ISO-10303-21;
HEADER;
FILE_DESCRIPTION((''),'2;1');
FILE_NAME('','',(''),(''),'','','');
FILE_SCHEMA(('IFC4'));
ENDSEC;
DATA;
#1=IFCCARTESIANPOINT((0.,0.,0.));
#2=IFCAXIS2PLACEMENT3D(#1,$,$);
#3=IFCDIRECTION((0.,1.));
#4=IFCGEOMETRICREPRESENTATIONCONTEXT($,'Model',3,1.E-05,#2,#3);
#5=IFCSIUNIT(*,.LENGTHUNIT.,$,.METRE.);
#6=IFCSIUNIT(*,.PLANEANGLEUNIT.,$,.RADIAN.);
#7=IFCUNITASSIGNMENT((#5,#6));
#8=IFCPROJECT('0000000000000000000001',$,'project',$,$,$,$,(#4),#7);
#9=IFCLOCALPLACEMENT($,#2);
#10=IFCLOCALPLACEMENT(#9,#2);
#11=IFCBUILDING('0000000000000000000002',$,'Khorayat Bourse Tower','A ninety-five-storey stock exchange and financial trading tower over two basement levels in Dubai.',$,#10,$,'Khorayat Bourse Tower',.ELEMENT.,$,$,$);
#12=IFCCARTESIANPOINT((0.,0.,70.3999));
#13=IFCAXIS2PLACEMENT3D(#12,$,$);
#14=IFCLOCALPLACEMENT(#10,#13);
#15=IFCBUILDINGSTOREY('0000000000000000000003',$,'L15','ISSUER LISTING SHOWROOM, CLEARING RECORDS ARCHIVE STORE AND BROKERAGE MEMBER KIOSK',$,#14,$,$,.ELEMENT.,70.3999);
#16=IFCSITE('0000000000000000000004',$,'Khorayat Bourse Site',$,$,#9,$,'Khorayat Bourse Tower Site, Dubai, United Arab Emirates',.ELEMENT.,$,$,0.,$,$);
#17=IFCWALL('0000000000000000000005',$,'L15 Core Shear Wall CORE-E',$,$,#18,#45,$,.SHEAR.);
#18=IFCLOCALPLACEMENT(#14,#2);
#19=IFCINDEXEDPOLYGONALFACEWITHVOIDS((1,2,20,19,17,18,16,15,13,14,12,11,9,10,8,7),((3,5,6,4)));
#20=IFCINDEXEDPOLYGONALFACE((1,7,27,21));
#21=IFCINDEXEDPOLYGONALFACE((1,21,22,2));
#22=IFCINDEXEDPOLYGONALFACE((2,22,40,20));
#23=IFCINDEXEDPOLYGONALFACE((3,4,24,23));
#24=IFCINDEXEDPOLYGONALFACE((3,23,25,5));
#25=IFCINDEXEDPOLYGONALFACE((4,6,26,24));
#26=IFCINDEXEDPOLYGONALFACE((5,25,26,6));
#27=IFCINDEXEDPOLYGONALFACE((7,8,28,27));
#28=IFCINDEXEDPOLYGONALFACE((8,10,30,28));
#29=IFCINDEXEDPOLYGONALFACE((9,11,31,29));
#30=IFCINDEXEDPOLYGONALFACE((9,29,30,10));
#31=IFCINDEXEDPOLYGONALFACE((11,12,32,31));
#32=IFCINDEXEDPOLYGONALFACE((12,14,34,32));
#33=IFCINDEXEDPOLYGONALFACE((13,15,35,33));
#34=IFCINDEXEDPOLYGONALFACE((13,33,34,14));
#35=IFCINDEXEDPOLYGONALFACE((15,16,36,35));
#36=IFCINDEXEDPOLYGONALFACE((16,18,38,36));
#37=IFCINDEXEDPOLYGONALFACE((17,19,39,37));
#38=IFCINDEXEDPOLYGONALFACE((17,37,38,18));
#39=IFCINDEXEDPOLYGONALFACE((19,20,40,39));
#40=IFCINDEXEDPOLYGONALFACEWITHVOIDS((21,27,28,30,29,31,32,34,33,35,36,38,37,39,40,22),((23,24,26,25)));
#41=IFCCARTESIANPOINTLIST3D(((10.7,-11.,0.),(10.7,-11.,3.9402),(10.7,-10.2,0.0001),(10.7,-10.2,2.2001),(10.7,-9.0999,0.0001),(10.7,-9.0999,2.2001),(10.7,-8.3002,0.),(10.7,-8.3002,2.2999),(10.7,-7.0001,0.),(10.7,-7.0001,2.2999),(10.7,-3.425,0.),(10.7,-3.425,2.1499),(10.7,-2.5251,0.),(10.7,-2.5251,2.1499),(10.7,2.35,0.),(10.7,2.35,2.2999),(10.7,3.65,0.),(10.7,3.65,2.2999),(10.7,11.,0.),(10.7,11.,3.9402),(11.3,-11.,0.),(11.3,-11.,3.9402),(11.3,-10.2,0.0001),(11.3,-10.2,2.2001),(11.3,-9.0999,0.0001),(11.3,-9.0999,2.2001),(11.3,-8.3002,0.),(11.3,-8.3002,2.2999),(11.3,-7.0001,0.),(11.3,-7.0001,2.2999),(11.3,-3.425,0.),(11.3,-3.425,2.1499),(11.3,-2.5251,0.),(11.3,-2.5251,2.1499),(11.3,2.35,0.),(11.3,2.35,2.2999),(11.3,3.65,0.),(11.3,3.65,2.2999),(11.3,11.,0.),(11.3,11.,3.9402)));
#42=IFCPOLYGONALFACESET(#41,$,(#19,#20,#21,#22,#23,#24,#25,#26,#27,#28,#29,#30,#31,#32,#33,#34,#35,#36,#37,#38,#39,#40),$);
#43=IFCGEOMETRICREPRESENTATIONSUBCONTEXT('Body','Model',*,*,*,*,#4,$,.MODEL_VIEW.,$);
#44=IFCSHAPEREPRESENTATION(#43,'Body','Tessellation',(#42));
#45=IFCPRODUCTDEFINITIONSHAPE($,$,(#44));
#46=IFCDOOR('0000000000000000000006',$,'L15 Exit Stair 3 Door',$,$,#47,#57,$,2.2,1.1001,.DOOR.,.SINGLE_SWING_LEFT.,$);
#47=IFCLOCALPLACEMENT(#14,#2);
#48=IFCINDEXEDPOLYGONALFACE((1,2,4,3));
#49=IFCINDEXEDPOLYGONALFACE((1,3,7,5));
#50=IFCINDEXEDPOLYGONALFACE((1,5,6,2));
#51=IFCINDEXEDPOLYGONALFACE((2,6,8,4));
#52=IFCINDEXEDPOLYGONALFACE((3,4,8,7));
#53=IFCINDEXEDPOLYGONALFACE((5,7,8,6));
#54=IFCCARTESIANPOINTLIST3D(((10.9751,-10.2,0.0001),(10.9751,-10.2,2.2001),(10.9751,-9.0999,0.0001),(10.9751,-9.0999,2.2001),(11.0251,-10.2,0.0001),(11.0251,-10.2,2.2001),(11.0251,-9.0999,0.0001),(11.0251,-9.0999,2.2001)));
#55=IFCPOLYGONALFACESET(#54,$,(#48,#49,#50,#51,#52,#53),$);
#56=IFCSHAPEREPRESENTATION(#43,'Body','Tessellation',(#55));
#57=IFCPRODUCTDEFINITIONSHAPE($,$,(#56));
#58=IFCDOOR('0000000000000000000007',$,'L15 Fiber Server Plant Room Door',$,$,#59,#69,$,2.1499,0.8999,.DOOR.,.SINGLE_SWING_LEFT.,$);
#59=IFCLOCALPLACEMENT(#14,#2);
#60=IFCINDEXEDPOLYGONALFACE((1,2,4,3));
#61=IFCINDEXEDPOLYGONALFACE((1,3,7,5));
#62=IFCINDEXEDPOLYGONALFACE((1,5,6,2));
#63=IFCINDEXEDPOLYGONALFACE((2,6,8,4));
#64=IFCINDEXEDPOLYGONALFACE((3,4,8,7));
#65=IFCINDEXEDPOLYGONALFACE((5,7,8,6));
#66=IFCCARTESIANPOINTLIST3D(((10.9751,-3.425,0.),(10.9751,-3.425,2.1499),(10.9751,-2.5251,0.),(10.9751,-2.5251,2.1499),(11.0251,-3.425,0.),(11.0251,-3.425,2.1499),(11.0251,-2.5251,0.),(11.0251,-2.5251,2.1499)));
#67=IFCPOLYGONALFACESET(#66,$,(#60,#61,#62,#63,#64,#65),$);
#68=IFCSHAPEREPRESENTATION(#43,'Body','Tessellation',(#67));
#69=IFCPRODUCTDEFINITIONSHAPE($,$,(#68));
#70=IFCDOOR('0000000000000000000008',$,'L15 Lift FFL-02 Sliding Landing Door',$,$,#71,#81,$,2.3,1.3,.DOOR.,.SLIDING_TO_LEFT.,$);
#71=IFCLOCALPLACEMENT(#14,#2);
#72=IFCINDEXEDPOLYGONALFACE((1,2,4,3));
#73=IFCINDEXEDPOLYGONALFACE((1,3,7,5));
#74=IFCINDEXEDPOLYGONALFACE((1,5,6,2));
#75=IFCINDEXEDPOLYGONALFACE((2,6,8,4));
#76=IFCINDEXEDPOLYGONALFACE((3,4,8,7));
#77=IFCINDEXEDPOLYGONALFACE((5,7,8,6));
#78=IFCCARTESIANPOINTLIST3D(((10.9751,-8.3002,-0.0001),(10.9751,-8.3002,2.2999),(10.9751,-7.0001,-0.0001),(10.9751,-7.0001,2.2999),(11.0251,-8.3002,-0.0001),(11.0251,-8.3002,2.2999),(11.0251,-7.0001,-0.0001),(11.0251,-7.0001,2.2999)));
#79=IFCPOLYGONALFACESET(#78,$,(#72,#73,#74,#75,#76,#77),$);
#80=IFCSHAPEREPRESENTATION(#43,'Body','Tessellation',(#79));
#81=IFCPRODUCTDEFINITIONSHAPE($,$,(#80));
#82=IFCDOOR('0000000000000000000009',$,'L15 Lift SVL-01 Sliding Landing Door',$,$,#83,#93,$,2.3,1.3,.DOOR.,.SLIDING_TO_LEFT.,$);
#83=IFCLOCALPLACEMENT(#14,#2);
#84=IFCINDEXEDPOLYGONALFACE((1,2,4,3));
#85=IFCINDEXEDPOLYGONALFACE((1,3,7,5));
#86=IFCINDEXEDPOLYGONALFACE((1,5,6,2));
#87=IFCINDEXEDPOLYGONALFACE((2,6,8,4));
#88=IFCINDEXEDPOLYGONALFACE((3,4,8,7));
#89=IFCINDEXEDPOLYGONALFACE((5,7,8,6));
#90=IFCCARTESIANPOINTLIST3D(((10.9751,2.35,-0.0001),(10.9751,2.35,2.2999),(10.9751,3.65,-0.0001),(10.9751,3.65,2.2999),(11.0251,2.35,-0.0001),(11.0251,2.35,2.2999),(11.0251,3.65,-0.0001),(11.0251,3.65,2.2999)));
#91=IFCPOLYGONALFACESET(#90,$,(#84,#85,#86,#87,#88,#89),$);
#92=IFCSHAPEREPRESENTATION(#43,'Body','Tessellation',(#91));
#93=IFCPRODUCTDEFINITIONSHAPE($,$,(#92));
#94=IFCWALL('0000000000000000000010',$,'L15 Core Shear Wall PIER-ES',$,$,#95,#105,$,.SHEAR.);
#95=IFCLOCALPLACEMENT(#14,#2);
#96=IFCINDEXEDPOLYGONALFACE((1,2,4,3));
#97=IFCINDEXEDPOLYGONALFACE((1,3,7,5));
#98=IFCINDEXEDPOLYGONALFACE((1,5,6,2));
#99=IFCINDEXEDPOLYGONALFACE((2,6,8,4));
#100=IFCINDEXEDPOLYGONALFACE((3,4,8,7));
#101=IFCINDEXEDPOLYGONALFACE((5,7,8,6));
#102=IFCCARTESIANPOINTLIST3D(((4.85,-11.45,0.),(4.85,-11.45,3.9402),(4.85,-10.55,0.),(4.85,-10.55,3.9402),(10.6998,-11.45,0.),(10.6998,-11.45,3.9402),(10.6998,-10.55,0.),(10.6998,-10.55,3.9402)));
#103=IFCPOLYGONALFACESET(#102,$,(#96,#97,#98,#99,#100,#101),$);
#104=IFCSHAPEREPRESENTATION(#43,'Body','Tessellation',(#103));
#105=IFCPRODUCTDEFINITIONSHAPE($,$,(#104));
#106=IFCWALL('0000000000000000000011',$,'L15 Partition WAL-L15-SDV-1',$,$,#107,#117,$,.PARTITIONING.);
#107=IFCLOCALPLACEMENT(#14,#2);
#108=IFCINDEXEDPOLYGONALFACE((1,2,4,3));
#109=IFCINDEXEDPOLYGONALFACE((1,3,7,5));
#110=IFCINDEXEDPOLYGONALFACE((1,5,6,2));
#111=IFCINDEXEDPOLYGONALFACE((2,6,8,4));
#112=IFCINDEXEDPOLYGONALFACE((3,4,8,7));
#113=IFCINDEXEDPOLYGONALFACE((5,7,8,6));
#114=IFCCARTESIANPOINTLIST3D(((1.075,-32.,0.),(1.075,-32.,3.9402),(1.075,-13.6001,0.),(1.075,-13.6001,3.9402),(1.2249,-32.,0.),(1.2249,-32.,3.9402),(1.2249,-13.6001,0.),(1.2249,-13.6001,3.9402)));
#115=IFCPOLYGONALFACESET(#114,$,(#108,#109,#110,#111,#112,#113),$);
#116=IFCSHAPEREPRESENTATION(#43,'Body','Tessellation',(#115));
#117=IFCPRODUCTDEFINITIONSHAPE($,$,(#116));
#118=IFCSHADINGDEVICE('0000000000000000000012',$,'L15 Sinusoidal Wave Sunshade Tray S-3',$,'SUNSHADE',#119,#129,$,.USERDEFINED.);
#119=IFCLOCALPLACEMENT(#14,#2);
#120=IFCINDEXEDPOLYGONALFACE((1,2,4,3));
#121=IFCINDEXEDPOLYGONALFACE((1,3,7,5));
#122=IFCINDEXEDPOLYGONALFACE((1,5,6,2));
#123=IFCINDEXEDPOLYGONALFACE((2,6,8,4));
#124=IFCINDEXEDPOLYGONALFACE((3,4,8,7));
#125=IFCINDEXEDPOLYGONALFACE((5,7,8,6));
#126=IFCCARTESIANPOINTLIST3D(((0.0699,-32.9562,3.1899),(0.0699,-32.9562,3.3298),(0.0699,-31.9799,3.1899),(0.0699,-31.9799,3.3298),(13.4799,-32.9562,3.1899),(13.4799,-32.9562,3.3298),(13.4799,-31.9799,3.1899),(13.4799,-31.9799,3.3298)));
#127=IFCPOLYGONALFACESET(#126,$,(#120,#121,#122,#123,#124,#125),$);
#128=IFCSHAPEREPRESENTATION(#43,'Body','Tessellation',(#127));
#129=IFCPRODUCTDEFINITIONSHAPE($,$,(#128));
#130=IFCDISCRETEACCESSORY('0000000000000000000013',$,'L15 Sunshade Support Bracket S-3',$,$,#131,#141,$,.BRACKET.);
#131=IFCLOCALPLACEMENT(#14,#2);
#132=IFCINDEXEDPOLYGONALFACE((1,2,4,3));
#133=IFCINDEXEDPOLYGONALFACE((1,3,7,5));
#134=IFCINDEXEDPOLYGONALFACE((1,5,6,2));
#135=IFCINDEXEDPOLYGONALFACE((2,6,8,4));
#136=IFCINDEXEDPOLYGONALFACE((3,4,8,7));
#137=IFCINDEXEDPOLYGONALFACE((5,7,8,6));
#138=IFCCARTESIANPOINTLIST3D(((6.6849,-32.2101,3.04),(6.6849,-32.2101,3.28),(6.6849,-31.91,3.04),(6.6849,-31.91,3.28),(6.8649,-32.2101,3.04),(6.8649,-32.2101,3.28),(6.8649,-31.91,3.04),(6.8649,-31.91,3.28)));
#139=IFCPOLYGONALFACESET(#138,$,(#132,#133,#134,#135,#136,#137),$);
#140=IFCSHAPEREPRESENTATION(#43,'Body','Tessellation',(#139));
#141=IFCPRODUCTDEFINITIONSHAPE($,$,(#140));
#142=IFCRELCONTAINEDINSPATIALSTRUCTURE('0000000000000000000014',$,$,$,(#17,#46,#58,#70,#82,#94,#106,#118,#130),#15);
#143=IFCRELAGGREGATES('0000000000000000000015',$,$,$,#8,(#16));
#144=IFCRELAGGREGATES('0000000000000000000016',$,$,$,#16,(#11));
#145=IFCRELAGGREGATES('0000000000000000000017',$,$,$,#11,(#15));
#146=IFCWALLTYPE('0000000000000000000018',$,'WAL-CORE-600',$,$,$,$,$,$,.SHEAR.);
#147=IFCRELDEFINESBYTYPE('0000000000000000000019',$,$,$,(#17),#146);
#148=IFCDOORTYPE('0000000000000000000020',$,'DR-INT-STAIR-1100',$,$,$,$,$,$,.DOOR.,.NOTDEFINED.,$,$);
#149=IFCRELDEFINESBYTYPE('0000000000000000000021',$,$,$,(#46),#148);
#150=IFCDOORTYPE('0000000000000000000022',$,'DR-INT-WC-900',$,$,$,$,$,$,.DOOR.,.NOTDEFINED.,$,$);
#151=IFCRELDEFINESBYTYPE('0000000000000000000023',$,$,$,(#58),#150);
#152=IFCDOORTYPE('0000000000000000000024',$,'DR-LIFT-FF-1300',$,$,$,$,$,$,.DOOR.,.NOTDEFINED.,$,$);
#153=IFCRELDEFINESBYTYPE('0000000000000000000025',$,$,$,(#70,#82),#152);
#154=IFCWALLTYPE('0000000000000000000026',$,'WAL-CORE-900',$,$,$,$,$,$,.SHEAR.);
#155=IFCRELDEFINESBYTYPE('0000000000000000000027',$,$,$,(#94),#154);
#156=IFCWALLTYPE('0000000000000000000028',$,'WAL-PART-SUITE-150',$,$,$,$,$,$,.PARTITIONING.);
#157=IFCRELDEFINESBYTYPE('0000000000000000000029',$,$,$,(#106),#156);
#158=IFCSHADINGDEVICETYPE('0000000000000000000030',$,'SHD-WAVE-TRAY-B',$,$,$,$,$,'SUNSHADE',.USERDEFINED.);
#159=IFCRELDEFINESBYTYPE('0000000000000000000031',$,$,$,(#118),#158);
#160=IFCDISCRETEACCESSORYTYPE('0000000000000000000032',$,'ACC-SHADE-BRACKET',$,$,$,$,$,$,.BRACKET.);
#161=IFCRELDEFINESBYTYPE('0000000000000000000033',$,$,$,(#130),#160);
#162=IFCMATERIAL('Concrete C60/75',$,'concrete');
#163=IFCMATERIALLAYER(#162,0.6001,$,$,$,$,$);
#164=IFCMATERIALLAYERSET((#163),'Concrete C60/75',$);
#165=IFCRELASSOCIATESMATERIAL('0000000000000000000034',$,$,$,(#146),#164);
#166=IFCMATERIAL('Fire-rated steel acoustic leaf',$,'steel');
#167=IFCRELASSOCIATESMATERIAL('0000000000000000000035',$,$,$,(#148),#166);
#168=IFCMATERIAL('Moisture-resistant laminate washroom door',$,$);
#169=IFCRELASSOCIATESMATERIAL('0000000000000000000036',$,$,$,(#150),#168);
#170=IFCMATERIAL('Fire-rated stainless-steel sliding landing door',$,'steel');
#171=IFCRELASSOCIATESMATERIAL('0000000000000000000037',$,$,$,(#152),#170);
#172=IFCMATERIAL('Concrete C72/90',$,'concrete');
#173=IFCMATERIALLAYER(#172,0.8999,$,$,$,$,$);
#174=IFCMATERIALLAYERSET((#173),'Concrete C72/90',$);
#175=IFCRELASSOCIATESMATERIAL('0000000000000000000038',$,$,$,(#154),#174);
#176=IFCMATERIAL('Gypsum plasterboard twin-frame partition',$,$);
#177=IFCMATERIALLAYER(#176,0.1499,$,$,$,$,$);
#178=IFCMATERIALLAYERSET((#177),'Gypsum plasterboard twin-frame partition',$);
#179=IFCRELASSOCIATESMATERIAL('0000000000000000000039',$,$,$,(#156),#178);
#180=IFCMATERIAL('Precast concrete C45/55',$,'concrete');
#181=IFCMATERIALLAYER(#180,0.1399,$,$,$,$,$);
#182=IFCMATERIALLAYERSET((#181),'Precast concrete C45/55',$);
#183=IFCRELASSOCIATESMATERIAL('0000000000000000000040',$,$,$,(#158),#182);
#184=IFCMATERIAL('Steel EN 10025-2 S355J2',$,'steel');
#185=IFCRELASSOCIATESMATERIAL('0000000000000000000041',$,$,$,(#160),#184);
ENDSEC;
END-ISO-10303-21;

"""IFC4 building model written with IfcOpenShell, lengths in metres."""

from ifc_helpers import new_model, si_unit, direction, frame, frame_2d, origin, origin_2d, place, context, subcontext, project, spatial, rectangle, extrude, source, transform, mapped, material, layer, layer_set, type_object, element, fill, save


model = new_model("IFC4")

# Units and contexts
model_context = context("Model", 3, precision=1e-05, world=origin(), true_north=direction((0.0, 1.0)))
body_context = subcontext(model_context, "Body", "Model", "MODEL_VIEW")
ifc_project = project(units=[si_unit("LENGTHUNIT", "METRE"), si_unit("PLANEANGLEUNIT", "RADIAN")], contexts=[model_context])

# Site, building, storey
site_placement = place(None, origin())
site = spatial("IfcSite", under=ifc_project, at=site_placement, Name="Khorayat Bourse Site", LongName="Khorayat Bourse Tower Site, Dubai, United Arab Emirates", CompositionType="ELEMENT", RefElevation=0.0)
building_placement = place(site_placement, origin())
building = spatial("IfcBuilding", under=site, at=building_placement, Name="Khorayat Bourse Tower", Description="A ninety-five-storey stock exchange and financial trading tower over two basement levels in Dubai.", LongName="Khorayat Bourse Tower", CompositionType="ELEMENT")
storey_placement = place(building_placement, frame((0.0, 0.0, 70.3999)))
storey = spatial("IfcBuildingStorey", under=building, at=storey_placement, Name="L15", Description="ISSUER LISTING SHOWROOM, CLEARING RECORDS ARCHIVE STORE AND BROKERAGE MEMBER KIOSK", CompositionType="ELEMENT", Elevation=70.3999)

# Shared definitions
ifc_material_1 = material(Name="Concrete C72/90", Category="concrete")

# Shared definitions
ifc_material_2 = material(Name="Steel EN 10025-2 S355J2", Category="steel")

# Wall, openings, doors
ifc_material_3 = material(Name="Concrete C60/75", Category="concrete")
ifc_layer_1 = layer(ifc_material_3, 0.6001)
ifc_layer_set_1 = layer_set([ifc_layer_1], Name="Concrete C60/75")
wall_type_1 = type_object("IfcWallType", Name="WAL-CORE-600", PredefinedType="SHEAR", material=ifc_layer_set_1)
shared_shape_1 = source(origin(), body_context, "Body", "SweptSolid", [
    extrude(rectangle(XDim=22.0, YDim=0.6001, at=frame_2d((11.0, 0.0))), origin(), (0.0, 0.0, 1.0), 3.9402),
])
wall_1_placement = place(storey_placement, frame((11.0, -11.0, 0.0), z_axis=(0.0, 0.0, 1.0), x_axis=(0.0, 1.0, 0.0)))
wall_1 = element("IfcWall", 1, at=wall_1_placement, inside=storey, type_object=wall_type_1, Name="L15 Core Shear Wall CORE-E", PredefinedType="SHEAR", context=body_context, shape_type="MappedRepresentation", body=[
    mapped(shared_shape_1, transform((0.0, 0.0, 0.0), scale=1.0)),
])
shared_shape_2 = source(origin(), body_context, "Body", "SweptSolid", [
    extrude(rectangle(XDim=1.1001, YDim=2.2, at=frame_2d((0.55, 1.1001))), frame((0.0, 0.3101, 0.0), z_axis=(0.0, -1.0, 0.0), x_axis=(1.0, 0.0, 0.0)), (0.0, 0.0, 1.0), 0.6201),
])
opening_1_placement = place(wall_1_placement, frame((0.8, 0.0, 0.0)))
opening_1 = element("IfcOpeningElement", 2, at=opening_1_placement, cuts=wall_1, PredefinedType="OPENING", context=body_context, shape_type="MappedRepresentation", body=[
    mapped(shared_shape_2, transform((0.0, 0.0, 0.0), scale=1.0)),
])
shared_shape_3 = source(origin(), body_context, "Body", "SweptSolid", [
    extrude(rectangle(XDim=0.8999, YDim=2.1499, at=frame_2d((0.45, 1.075))), frame((0.0, 0.3101, 0.0), z_axis=(0.0, -1.0, 0.0), x_axis=(1.0, 0.0, 0.0)), (0.0, 0.0, 1.0), 0.6201),
])
opening_2_placement = place(wall_1_placement, frame((7.575, 0.0, 0.0)))
opening_2 = element("IfcOpeningElement", 3, at=opening_2_placement, cuts=wall_1, PredefinedType="OPENING", context=body_context, shape_type="MappedRepresentation", body=[
    mapped(shared_shape_3, transform((0.0, 0.0, 0.0), scale=1.0)),
])
shared_shape_4 = source(origin(), body_context, "Body", "SweptSolid", [
    extrude(rectangle(XDim=1.3, YDim=2.3, at=frame_2d((0.6499, 1.1499))), frame((0.0, 0.3101, 0.0), z_axis=(0.0, -1.0, 0.0), x_axis=(1.0, 0.0, 0.0)), (0.0, 0.0, 1.0), 0.6201),
])
opening_3_placement = place(wall_1_placement, frame((2.7, 0.0, 0.0)))
opening_3 = element("IfcOpeningElement", 4, at=opening_3_placement, cuts=wall_1, PredefinedType="OPENING", context=body_context, shape_type="MappedRepresentation", body=[
    mapped(shared_shape_4, transform((0.0, 0.0, 0.0), scale=1.0)),
])
opening_4_placement = place(wall_1_placement, frame((13.3501, 0.0, 0.0)))
opening_4 = element("IfcOpeningElement", 5, at=opening_4_placement, cuts=wall_1, PredefinedType="OPENING", context=body_context, shape_type="MappedRepresentation", body=[
    mapped(shared_shape_4, transform((0.0, 0.0, 0.0), scale=1.0)),
])
ifc_material_4 = material(Name="Fire-rated steel acoustic leaf", Category="steel")
door_type_1 = type_object("IfcDoorType", Name="DR-INT-STAIR-1100", OperationType="NOTDEFINED", PredefinedType="DOOR", material=ifc_material_4)
shared_shape_5 = source(origin(), body_context, "Body", "SweptSolid", [
    extrude(rectangle(XDim=1.1001, YDim=2.2, at=frame_2d((0.55, 1.1001))), frame((0.0, 0.0249, 0.0), z_axis=(0.0, -1.0, 0.0), x_axis=(1.0, 0.0, 0.0)), (0.0, 0.0, 1.0), 0.05),
])
door_1_placement = place(opening_1_placement, origin())
door_1 = element("IfcDoor", 6, at=door_1_placement, inside=storey, type_object=door_type_1, Name="L15 Exit Stair 3 Door", OperationType="SINGLE_SWING_LEFT", OverallHeight=2.2, OverallWidth=1.1001, PredefinedType="DOOR", context=body_context, shape_type="MappedRepresentation", body=[
    mapped(shared_shape_5, transform((0.0, 0.0, 0.0), scale=1.0)),
])
fill(opening_1, door_1)
ifc_material_5 = material(Name="Moisture-resistant laminate washroom door")
door_type_2 = type_object("IfcDoorType", Name="DR-INT-WC-900", OperationType="NOTDEFINED", PredefinedType="DOOR", material=ifc_material_5)
shared_shape_6 = source(origin(), body_context, "Body", "SweptSolid", [
    extrude(rectangle(XDim=0.8999, YDim=2.1499, at=frame_2d((0.45, 1.075))), frame((0.0, 0.0249, 0.0), z_axis=(0.0, -1.0, 0.0), x_axis=(1.0, 0.0, 0.0)), (0.0, 0.0, 1.0), 0.05),
])
door_2_placement = place(opening_2_placement, origin())
door_2 = element("IfcDoor", 7, at=door_2_placement, inside=storey, type_object=door_type_2, Name="L15 Fiber Server Plant Room Door", OperationType="SINGLE_SWING_LEFT", OverallHeight=2.1499, OverallWidth=0.8999, PredefinedType="DOOR", context=body_context, shape_type="MappedRepresentation", body=[
    mapped(shared_shape_6, transform((0.0, 0.0, 0.0), scale=1.0)),
])
fill(opening_2, door_2)
ifc_material_6 = material(Name="Fire-rated stainless-steel sliding landing door", Category="steel")
door_type_3 = type_object("IfcDoorType", Name="DR-LIFT-FF-1300", OperationType="NOTDEFINED", PredefinedType="DOOR", material=ifc_material_6)
shared_shape_7 = source(origin(), body_context, "Body", "SweptSolid", [
    extrude(rectangle(XDim=1.3, YDim=2.3, at=frame_2d((0.6499, 1.1499))), frame((0.0, 0.0249, 0.0), z_axis=(0.0, -1.0, 0.0), x_axis=(1.0, 0.0, 0.0)), (0.0, 0.0, 1.0), 0.05),
])
door_3_placement = place(opening_3_placement, origin())
door_3 = element("IfcDoor", 8, at=door_3_placement, inside=storey, type_object=door_type_3, Name="L15 Lift FFL-02 Sliding Landing Door", OperationType="SLIDING_TO_LEFT", OverallHeight=2.3, OverallWidth=1.3, PredefinedType="DOOR", context=body_context, shape_type="MappedRepresentation", body=[
    mapped(shared_shape_7, transform((0.0, 0.0, 0.0), scale=1.0)),
])
fill(opening_3, door_3)
door_4_placement = place(opening_4_placement, origin())
door_4 = element("IfcDoor", 9, at=door_4_placement, inside=storey, type_object=door_type_3, Name="L15 Lift SVL-01 Sliding Landing Door", OperationType="SLIDING_TO_LEFT", OverallHeight=2.3, OverallWidth=1.3, PredefinedType="DOOR", context=body_context, shape_type="MappedRepresentation", body=[
    mapped(shared_shape_7, transform((0.0, 0.0, 0.0), scale=1.0)),
])
fill(opening_4, door_4)

# Walls
ifc_layer_2 = layer(ifc_material_1, 0.8999)
ifc_layer_set_2 = layer_set([ifc_layer_2], Name="Concrete C72/90")
wall_type_2 = type_object("IfcWallType", Name="WAL-CORE-900", PredefinedType="SHEAR", material=ifc_layer_set_2)
shared_shape_8 = source(origin(), body_context, "Body", "SweptSolid", [
    extrude(rectangle(XDim=5.8499, YDim=0.8999, at=frame_2d((2.9248, 0.0))), origin(), (0.0, 0.0, 1.0), 3.9402),
])
wall_2_placement = place(storey_placement, frame((4.8501, -11.0, 0.0), z_axis=(0.0, 0.0, 1.0), x_axis=(1.0, 0.0, 0.0)))
element("IfcWall", 10, at=wall_2_placement, inside=storey, type_object=wall_type_2, Name="L15 Core Shear Wall PIER-ES", PredefinedType="SHEAR", context=body_context, shape_type="MappedRepresentation", body=[
    mapped(shared_shape_8, transform((0.0, 0.0, 0.0), scale=1.0)),
])
ifc_material_7 = material(Name="Gypsum plasterboard twin-frame partition")
ifc_layer_3 = layer(ifc_material_7, 0.1499)
ifc_layer_set_3 = layer_set([ifc_layer_3], Name="Gypsum plasterboard twin-frame partition")
wall_type_3 = type_object("IfcWallType", Name="WAL-PART-SUITE-150", PredefinedType="PARTITIONING", material=ifc_layer_set_3)
shared_shape_9 = source(origin(), body_context, "Body", "SweptSolid", [
    extrude(rectangle(XDim=18.3999, YDim=0.1499, at=frame_2d((9.2, 0.0))), origin(), (0.0, 0.0, 1.0), 3.9402),
])
wall_3_placement = place(storey_placement, frame((1.1499, -32.0, 0.0), z_axis=(0.0, 0.0, 1.0), x_axis=(0.0, 1.0, 0.0)))
element("IfcWall", 11, at=wall_3_placement, inside=storey, type_object=wall_type_3, Name="L15 Partition WAL-L15-SDV-1", PredefinedType="PARTITIONING", context=body_context, shape_type="MappedRepresentation", body=[
    mapped(shared_shape_9, transform((0.0, 0.0, 0.0), scale=1.0)),
])

# Shading device
ifc_material_8 = material(Name="Precast concrete C45/55", Category="concrete")
ifc_layer_4 = layer(ifc_material_8, 0.1399)
ifc_layer_set_4 = layer_set([ifc_layer_4], Name="Precast concrete C45/55")
shading_device_type = type_object("IfcShadingDeviceType", Name="SHD-WAVE-TRAY-B", ElementType="SUNSHADE", PredefinedType="USERDEFINED", material=ifc_layer_set_4)
shared_shape_10 = source(origin(), body_context, "Body", "SweptSolid", [
    extrude(rectangle(XDim=13.4099, YDim=0.9763, at=origin_2d()), origin(), (0.0, 0.0, 1.0), 0.1399),
])
shading_device_placement = place(storey_placement, frame((6.7749, -32.468, 3.1899), z_axis=(0.0, 0.0, 1.0), x_axis=(1.0, 0.0, 0.0)))
element("IfcShadingDevice", 12, at=shading_device_placement, inside=storey, type_object=shading_device_type, Name="L15 Sinusoidal Wave Sunshade Tray S-3", ObjectType="SUNSHADE", PredefinedType="USERDEFINED", context=body_context, shape_type="MappedRepresentation", body=[
    mapped(shared_shape_10, transform((0.0, 0.0, 0.0), scale=1.0)),
])

# Discrete accessory
discrete_accessory_type = type_object("IfcDiscreteAccessoryType", Name="ACC-SHADE-BRACKET", PredefinedType="BRACKET", material=ifc_material_2)
shared_shape_11 = source(origin(), body_context, "Body", "SweptSolid", [
    extrude(rectangle(XDim=0.1799, YDim=0.3, at=origin_2d()), origin(), (0.0, 0.0, 1.0), 0.24),
])
discrete_accessory_placement = place(storey_placement, frame((6.7749, -32.0601, 3.04), z_axis=(0.0, 0.0, 1.0), x_axis=(1.0, 0.0, 0.0)))
element("IfcDiscreteAccessory", 13, at=discrete_accessory_placement, inside=storey, type_object=discrete_accessory_type, Name="L15 Sunshade Support Bracket S-3", PredefinedType="BRACKET", context=body_context, shape_type="MappedRepresentation", body=[
    mapped(shared_shape_11, transform((0.0, 0.0, 0.0), scale=1.0)),
])

save(model, "model.ifc")
